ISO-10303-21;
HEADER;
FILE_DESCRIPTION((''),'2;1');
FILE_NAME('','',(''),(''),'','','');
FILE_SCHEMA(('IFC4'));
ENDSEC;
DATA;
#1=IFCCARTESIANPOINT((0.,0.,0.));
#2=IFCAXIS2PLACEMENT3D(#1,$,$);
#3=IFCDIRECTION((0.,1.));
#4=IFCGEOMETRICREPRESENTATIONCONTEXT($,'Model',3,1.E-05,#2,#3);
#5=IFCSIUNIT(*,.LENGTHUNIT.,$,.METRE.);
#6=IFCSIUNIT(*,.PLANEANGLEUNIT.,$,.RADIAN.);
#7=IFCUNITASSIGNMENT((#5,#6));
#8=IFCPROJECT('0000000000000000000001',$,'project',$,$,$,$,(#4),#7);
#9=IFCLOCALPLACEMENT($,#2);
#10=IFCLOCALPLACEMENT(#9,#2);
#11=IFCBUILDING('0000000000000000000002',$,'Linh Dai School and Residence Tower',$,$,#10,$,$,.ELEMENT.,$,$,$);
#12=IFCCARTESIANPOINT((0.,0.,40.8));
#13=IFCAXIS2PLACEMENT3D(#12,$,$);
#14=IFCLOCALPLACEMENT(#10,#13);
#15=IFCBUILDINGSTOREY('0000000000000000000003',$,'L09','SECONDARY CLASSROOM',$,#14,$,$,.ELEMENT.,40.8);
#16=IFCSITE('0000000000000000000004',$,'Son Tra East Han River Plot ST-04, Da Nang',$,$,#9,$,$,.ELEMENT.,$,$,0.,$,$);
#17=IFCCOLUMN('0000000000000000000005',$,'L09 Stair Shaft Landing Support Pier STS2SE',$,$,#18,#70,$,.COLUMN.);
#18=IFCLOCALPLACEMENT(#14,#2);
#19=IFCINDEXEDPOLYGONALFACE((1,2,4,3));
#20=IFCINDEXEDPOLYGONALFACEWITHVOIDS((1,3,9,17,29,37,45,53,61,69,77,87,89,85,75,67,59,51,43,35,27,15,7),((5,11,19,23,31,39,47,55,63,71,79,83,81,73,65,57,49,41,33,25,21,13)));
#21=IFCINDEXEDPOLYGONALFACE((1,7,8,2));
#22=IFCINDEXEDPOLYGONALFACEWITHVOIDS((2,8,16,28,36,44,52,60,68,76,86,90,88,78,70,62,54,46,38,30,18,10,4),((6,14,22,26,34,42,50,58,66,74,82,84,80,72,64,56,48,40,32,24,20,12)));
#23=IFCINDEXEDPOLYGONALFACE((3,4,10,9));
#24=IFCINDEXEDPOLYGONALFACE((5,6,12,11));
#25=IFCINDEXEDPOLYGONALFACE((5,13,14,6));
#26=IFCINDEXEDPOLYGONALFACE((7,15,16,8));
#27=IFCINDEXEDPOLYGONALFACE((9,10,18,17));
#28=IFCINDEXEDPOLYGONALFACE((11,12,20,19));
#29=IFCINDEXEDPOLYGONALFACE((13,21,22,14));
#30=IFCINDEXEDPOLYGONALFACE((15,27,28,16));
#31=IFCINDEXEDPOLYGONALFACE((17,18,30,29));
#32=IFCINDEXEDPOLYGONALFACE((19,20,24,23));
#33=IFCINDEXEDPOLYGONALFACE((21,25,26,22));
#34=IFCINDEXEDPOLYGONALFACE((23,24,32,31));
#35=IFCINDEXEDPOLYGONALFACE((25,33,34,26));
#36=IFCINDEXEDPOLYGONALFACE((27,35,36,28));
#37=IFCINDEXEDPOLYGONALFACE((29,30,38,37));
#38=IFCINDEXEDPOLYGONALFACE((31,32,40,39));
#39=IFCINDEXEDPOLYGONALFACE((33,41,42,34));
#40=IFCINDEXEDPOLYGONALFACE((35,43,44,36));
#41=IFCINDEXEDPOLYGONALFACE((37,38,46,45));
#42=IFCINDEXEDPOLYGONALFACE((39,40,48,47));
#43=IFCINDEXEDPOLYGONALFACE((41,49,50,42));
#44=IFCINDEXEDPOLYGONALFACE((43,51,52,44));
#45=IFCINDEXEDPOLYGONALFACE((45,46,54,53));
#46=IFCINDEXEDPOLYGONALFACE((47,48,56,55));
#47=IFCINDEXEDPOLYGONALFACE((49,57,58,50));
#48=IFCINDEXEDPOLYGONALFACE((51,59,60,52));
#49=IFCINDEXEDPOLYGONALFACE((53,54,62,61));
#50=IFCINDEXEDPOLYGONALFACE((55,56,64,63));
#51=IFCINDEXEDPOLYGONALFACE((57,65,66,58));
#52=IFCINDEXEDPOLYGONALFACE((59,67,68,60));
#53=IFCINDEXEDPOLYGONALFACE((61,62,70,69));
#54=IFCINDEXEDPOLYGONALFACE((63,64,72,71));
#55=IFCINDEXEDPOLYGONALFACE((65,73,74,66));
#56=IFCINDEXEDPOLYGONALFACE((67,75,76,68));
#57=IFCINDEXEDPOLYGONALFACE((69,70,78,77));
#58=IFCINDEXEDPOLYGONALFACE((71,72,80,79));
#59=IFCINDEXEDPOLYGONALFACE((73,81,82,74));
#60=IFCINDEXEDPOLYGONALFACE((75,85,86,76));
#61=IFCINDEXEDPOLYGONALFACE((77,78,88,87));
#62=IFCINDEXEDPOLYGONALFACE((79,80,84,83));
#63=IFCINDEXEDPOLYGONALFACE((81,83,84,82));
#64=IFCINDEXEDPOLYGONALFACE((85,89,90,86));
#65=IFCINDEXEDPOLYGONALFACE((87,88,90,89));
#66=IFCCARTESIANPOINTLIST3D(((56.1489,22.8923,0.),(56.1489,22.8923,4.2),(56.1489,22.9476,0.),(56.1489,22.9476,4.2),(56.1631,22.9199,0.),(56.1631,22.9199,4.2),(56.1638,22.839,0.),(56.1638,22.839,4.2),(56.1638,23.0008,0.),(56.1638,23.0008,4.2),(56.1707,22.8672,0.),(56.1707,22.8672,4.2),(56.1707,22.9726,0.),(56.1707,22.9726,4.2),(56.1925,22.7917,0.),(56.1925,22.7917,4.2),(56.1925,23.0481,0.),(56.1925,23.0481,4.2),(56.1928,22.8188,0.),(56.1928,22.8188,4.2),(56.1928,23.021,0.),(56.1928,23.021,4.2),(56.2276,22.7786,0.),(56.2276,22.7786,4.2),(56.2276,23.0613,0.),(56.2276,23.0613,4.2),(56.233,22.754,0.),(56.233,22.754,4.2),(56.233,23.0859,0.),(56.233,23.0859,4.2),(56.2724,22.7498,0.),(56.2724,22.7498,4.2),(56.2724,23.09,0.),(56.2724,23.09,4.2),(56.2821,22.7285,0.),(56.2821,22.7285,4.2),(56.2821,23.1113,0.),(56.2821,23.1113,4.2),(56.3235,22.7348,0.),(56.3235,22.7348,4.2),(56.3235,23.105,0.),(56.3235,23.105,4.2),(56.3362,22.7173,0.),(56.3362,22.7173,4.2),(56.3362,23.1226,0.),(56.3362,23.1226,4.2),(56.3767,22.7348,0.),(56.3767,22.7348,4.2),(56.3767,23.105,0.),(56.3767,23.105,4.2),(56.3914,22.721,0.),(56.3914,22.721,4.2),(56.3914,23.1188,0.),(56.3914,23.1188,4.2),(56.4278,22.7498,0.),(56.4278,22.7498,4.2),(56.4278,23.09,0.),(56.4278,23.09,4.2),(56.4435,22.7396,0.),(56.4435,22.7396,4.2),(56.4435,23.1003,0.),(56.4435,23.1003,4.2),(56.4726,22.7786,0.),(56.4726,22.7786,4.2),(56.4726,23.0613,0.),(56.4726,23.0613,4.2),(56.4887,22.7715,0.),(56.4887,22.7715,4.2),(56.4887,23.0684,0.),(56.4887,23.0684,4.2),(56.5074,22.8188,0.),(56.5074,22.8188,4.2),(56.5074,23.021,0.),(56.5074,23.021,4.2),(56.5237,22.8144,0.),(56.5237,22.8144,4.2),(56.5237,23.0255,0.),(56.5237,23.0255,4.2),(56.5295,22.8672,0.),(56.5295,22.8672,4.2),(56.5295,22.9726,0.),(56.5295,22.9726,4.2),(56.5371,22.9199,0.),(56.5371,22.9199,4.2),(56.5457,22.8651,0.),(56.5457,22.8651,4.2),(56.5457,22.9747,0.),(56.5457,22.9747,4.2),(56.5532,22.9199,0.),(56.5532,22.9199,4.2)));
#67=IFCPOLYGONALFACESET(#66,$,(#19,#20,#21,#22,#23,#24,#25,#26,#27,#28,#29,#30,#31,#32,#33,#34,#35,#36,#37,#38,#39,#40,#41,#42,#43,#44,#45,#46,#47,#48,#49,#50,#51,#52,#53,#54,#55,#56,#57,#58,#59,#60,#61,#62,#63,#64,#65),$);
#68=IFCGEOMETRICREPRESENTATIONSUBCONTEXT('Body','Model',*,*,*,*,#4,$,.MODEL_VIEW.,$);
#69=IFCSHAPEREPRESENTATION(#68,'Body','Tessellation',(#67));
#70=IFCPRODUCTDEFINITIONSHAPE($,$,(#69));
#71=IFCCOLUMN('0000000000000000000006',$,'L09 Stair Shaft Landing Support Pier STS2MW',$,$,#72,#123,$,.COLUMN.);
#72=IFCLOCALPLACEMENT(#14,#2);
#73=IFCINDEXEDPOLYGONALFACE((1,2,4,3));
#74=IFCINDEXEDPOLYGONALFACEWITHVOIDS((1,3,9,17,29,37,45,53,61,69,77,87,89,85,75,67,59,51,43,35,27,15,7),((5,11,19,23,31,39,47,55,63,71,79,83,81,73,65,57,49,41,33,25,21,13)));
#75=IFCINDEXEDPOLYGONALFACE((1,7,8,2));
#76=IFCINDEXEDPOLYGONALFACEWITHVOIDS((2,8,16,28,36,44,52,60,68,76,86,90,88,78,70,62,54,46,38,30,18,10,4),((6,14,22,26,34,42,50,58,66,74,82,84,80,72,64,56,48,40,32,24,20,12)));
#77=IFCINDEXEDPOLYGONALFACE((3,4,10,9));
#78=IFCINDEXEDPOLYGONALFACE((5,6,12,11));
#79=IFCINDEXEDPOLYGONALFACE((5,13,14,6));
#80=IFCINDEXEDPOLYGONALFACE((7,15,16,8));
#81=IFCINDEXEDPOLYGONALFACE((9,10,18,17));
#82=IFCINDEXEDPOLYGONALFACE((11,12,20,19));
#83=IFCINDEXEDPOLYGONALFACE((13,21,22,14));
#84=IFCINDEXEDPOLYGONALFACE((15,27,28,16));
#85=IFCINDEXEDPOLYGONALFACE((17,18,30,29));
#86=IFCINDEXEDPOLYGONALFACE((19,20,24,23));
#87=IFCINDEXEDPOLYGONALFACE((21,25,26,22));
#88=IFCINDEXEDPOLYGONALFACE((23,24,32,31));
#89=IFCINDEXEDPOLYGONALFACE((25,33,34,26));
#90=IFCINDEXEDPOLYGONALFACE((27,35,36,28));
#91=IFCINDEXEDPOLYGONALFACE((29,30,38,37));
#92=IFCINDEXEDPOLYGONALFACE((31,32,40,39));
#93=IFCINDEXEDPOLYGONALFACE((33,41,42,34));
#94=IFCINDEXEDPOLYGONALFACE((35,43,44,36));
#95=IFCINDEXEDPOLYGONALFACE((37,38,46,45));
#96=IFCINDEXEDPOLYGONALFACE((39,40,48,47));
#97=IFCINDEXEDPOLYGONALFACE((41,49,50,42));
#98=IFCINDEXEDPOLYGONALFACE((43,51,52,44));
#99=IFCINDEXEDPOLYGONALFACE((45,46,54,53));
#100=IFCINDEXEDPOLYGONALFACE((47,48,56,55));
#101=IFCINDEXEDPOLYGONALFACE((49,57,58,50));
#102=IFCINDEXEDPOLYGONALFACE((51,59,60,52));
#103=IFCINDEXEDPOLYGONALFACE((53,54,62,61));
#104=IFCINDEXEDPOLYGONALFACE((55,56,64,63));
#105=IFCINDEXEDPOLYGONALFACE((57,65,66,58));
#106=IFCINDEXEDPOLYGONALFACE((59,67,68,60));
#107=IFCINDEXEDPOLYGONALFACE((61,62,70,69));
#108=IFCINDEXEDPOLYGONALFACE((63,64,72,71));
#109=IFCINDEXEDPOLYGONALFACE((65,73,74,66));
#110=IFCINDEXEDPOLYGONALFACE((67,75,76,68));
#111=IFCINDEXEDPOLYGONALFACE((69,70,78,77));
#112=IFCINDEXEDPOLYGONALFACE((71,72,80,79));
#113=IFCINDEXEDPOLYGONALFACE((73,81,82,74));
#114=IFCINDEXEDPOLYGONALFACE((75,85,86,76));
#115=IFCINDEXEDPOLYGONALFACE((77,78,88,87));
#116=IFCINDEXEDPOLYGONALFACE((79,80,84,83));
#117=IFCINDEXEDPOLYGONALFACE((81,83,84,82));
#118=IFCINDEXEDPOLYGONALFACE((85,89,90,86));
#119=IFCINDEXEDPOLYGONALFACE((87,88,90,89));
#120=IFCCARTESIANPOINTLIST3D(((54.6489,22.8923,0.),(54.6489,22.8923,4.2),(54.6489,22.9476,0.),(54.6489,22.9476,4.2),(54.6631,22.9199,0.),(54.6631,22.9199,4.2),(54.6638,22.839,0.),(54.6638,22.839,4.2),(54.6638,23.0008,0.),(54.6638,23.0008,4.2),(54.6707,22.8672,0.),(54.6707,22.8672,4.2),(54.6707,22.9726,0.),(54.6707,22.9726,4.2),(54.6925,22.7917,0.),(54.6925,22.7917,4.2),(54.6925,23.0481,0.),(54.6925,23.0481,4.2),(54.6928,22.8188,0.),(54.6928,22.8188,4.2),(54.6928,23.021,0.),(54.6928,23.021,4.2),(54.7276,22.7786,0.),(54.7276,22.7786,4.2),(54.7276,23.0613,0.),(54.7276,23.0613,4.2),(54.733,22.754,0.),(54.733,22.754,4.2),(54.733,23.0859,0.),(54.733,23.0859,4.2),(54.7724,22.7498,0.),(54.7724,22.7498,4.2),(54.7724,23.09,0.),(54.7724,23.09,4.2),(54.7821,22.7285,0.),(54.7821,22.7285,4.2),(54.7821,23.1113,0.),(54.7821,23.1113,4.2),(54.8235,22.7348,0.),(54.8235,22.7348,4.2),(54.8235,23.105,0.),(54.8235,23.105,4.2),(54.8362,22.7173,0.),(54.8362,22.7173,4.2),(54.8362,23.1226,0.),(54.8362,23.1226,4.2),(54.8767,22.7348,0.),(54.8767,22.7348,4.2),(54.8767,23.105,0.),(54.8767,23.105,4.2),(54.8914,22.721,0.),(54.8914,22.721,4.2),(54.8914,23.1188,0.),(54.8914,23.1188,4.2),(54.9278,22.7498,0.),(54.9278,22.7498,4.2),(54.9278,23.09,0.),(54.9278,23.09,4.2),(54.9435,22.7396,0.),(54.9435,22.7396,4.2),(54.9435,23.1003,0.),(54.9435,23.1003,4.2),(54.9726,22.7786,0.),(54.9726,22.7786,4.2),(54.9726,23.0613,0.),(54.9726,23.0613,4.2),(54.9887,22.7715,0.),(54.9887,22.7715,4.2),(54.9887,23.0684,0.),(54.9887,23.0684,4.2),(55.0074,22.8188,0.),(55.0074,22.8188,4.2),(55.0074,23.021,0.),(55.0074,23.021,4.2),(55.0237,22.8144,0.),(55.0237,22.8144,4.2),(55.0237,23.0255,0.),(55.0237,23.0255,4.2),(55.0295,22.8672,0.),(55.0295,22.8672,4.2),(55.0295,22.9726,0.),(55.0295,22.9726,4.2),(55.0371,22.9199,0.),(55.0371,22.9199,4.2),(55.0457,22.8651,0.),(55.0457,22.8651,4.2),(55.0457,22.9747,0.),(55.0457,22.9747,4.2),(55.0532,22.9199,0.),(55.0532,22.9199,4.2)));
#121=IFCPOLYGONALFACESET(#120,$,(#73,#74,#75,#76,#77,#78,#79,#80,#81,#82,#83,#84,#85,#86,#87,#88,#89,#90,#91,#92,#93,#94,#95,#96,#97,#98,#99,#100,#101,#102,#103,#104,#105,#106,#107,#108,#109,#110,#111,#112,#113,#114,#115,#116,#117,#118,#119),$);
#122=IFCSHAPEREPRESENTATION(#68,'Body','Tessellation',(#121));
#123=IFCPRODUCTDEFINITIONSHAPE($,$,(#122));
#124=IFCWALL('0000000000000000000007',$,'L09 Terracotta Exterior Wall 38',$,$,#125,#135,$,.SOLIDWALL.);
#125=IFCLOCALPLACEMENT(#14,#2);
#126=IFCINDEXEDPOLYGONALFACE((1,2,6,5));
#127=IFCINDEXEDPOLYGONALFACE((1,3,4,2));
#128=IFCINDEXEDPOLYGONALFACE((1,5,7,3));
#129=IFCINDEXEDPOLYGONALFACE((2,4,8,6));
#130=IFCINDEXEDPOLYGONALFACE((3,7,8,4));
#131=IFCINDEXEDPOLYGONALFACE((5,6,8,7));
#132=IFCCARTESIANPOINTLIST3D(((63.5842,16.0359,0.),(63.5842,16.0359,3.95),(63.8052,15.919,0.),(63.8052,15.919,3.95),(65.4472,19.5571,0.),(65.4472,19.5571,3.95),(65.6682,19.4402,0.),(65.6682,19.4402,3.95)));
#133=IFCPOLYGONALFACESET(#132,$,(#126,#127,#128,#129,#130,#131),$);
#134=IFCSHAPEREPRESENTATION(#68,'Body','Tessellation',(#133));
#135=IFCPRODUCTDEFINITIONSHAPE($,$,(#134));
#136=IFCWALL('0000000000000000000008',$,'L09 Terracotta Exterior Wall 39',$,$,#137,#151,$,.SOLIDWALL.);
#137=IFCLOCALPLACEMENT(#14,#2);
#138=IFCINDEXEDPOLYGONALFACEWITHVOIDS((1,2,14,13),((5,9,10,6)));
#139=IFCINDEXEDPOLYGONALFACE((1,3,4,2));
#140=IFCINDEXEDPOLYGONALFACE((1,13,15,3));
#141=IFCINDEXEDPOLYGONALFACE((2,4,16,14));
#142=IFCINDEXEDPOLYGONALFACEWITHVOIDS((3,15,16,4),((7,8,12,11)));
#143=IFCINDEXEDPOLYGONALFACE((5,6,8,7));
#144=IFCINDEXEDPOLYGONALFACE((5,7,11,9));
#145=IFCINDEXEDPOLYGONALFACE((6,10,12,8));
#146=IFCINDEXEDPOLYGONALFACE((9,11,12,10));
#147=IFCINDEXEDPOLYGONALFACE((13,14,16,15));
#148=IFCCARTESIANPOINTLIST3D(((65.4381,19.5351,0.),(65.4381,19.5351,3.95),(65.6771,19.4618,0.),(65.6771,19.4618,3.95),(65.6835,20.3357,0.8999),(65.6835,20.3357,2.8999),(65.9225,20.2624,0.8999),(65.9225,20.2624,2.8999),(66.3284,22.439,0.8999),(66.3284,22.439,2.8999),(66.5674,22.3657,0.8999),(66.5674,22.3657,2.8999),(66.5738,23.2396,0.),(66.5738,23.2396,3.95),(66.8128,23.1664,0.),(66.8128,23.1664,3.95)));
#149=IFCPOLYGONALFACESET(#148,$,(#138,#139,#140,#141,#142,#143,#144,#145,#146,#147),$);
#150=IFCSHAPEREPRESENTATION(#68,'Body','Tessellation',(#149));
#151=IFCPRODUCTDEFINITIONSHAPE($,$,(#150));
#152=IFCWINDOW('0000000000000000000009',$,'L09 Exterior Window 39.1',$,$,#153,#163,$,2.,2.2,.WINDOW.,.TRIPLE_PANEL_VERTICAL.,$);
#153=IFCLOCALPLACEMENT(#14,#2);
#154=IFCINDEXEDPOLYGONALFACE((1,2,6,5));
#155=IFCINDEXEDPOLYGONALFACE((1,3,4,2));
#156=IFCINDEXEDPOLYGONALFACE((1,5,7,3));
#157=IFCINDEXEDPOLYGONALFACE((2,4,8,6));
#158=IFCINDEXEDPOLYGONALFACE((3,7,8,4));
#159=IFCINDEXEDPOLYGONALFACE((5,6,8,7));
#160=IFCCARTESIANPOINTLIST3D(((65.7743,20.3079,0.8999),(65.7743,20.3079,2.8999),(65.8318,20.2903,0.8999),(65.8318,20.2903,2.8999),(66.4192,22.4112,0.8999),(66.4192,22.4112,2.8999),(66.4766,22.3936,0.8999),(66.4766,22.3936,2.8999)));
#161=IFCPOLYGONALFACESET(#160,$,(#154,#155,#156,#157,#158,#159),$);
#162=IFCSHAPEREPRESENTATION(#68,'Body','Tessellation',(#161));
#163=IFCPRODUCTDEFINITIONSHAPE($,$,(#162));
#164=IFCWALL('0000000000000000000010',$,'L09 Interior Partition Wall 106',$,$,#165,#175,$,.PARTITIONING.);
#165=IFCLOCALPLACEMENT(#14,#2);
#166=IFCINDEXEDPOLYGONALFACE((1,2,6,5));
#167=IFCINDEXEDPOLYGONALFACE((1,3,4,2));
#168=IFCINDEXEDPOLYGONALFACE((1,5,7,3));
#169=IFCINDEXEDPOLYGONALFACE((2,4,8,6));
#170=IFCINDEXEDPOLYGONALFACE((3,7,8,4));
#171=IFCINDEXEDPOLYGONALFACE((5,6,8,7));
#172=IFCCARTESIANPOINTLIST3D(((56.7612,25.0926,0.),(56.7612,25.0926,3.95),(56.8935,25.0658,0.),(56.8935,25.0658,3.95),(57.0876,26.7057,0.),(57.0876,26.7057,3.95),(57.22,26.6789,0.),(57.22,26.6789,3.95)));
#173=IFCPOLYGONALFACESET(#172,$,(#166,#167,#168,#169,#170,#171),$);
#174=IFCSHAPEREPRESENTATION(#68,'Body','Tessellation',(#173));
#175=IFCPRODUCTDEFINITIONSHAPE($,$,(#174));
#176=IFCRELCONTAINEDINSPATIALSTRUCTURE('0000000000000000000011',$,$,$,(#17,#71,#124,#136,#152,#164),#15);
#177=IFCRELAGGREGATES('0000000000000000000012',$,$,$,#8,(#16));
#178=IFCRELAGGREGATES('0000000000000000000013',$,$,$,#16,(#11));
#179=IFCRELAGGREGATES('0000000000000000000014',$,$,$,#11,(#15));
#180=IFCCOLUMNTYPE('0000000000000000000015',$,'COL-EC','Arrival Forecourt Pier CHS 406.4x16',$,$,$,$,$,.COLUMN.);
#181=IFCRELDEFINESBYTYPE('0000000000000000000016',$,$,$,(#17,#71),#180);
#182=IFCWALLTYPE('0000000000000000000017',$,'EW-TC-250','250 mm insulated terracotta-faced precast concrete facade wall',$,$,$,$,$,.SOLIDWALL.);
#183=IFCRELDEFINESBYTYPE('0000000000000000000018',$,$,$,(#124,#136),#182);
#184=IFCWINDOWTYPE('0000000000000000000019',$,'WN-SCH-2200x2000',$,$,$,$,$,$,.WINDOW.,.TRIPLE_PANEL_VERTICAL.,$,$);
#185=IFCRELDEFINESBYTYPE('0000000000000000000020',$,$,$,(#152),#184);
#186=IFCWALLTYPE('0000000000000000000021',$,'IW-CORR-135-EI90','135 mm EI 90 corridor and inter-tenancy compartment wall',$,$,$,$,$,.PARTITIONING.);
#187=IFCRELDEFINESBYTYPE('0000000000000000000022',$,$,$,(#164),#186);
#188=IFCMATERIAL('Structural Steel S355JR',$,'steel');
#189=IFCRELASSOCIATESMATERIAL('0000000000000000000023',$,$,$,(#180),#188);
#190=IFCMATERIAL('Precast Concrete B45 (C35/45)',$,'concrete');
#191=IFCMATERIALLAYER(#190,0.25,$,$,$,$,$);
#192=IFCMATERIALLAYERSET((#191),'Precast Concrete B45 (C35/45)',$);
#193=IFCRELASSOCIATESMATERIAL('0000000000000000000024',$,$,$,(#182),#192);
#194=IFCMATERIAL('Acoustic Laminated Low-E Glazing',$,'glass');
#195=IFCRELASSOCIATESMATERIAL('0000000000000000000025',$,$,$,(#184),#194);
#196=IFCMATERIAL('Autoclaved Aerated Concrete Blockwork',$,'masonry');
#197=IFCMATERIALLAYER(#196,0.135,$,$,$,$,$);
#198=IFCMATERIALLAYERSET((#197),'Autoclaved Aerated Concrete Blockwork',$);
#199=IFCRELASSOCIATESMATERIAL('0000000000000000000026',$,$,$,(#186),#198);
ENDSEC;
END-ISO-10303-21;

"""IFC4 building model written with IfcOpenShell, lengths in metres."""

from ifc_helpers import new_model, si_unit, direction, frame, frame_2d, origin, origin_2d, place, context, subcontext, project, spatial, rectangle, hollow_circle, extrude, source, transform, mapped, material, layer, layer_set, material_profile, profile_set, type_object, element, fill, save


model = new_model("IFC4")

# Units and contexts
model_context = context("Model", 3, precision=1e-05, world=origin(), true_north=direction((0.0, 1.0)))
body_context = subcontext(model_context, "Body", "Model", "MODEL_VIEW")
ifc_project = project(units=[si_unit("LENGTHUNIT", "METRE"), si_unit("PLANEANGLEUNIT", "RADIAN")], contexts=[model_context])

# Site, building, storey
site_placement = place(None, origin())
site = spatial("IfcSite", under=ifc_project, at=site_placement, Name="Son Tra East Han River Plot ST-04, Da Nang", CompositionType="ELEMENT", RefElevation=0.0)
building_placement = place(site_placement, origin())
building = spatial("IfcBuilding", under=site, at=building_placement, Name="Linh Dai School and Residence Tower", CompositionType="ELEMENT")
storey_placement = place(building_placement, frame((0.0, 0.0, 40.8)))
storey = spatial("IfcBuildingStorey", under=building, at=storey_placement, Name="L09", Description="SECONDARY CLASSROOM", CompositionType="ELEMENT", Elevation=40.8)

# Columns
ifc_material_1 = material(Name="Structural Steel S355JR", Category="steel")
ifc_material_profile = material_profile(ifc_material_1, hollow_circle(Radius=0.2031, WallThickness=0.0161, at=origin_2d()), Name="CHS 406.4x16")
ifc_profile_set = profile_set([ifc_material_profile], Name="Structural Steel S355JR")
column_type = type_object("IfcColumnType", Name="COL-EC", Description="Arrival Forecourt Pier CHS 406.4x16", PredefinedType="COLUMN", material=ifc_profile_set)
for number, where, z_axis, x_axis, name in (
    (1, (56.3501, 22.9199, 0.0), (0.0, 0.0, 1.0), (1.0, 0.0, 0.0), "L09 Stair Shaft Landing Support Pier STS2SE"),
    (2, (54.8501, 22.9199, 0.0), (0.0, 0.0, 1.0), (1.0, 0.0, 0.0), "L09 Stair Shaft Landing Support Pier STS2MW"),
):
    element("IfcColumn", number, at=place(storey_placement, frame(where, z_axis=z_axis, x_axis=x_axis)), inside=storey, type_object=column_type, Name=name, PredefinedType="COLUMN", context=body_context, shape_type="SweptSolid", body=[
        extrude(hollow_circle(Radius=0.2031, WallThickness=0.0161, at=origin_2d()), origin(), (0.0, 0.0, 1.0), 4.2),
    ])

# Wall
ifc_material_2 = material(Name="Precast Concrete B45 (C35/45)", Category="concrete")
ifc_layer_1 = layer(ifc_material_2, 0.25)
ifc_layer_set_1 = layer_set([ifc_layer_1], Name="Precast Concrete B45 (C35/45)")
wall_type_1 = type_object("IfcWallType", Name="EW-TC-250", Description="250 mm insulated terracotta-faced precast concrete facade wall", PredefinedType="SOLIDWALL", material=ifc_layer_set_1)
wall_1_placement = place(storey_placement, frame((65.5576, 19.4985, 0.0), z_axis=(0.0, 0.0, 1.0), x_axis=(-0.467662, -0.883907, 0.0)))
element("IfcWall", 3, at=wall_1_placement, inside=storey, type_object=wall_type_1, Name="L09 Terracotta Exterior Wall 38", PredefinedType="SOLIDWALL", context=body_context, shape_type="SweptSolid", body=[
    extrude(rectangle(XDim=3.9836, YDim=0.25, at=frame_2d((1.9917, 0.0))), origin(), (0.0, 0.0, 1.0), 3.95),
])

# Wall, opening, window
wall_2_placement = place(storey_placement, frame((66.6934, 23.2031, 0.0), z_axis=(0.0, 0.0, 1.0), x_axis=(-0.293112, -0.956078, 0.0)))
wall_2 = element("IfcWall", 4, at=wall_2_placement, inside=storey, type_object=wall_type_1, Name="L09 Terracotta Exterior Wall 39", PredefinedType="SOLIDWALL", context=body_context, shape_type="SweptSolid", body=[
    extrude(rectangle(XDim=3.8748, YDim=0.25, at=frame_2d((1.9375, 0.0))), origin(), (0.0, 0.0, 1.0), 3.95),
])
opening_1_placement = place(wall_2_placement, frame((0.8374, 0.0, 0.8999)))
opening_1 = element("IfcOpeningElement", 5, at=opening_1_placement, cuts=wall_2, PredefinedType="OPENING", context=body_context, shape_type="SweptSolid", body=[
    extrude(rectangle(XDim=2.2, YDim=2.0, at=origin_2d()), frame((1.1001, 0.135, 1.0), z_axis=(0.0, -1.0, 0.0), x_axis=(1.0, 0.0, 0.0)), (0.0, 0.0, 1.0), 0.27),
])
ifc_material_3 = material(Name="Acoustic Laminated Low-E Glazing", Category="glass")
window_type = type_object("IfcWindowType", Name="WN-SCH-2200x2000", PartitioningType="TRIPLE_PANEL_VERTICAL", PredefinedType="WINDOW", material=ifc_material_3)
shared_shape_1 = source(origin(), body_context, "Body", "SweptSolid", [
    extrude(rectangle(XDim=2.2, YDim=2.0, at=origin_2d()), frame((1.1001, 0.03, 1.0), z_axis=(0.0, -1.0, 0.0), x_axis=(1.0, 0.0, 0.0)), (0.0, 0.0, 1.0), 0.0601),
])
window_placement = place(opening_1_placement, origin())
window = element("IfcWindow", 6, at=window_placement, inside=storey, type_object=window_type, Name="L09 Exterior Window 39.1", OverallHeight=2.0, OverallWidth=2.2, PartitioningType="TRIPLE_PANEL_VERTICAL", PredefinedType="WINDOW", context=body_context, shape_type="MappedRepresentation", body=[
    mapped(shared_shape_1, transform((0.0, 0.0, 0.0), x_axis=(1.0, 0.0, 0.0), y_axis=(0.0, 1.0, 0.0), z_axis=(0.0, 0.0, 1.0), scale=1.0)),
])
fill(opening_1, window)

# Wall
ifc_material_4 = material(Name="Autoclaved Aerated Concrete Blockwork", Category="masonry")
ifc_layer_2 = layer(ifc_material_4, 0.135)
ifc_layer_set_2 = layer_set([ifc_layer_2], Name="Autoclaved Aerated Concrete Blockwork")
wall_type_2 = type_object("IfcWallType", Name="IW-CORR-135-EI90", Description="135 mm EI 90 corridor and inter-tenancy compartment wall", PredefinedType="PARTITIONING", material=ifc_layer_set_2)
wall_3_placement = place(storey_placement, frame((56.8274, 25.0793, 0.0), z_axis=(0.0, 0.0, 1.0), x_axis=(0.198341, 0.980133, 0.0)))
element("IfcWall", 7, at=wall_3_placement, inside=storey, type_object=wall_type_2, Name="L09 Interior Partition Wall 106", PredefinedType="PARTITIONING", context=body_context, shape_type="SweptSolid", body=[
    extrude(rectangle(XDim=1.6458, YDim=0.135, at=frame_2d((0.8228, 0.0))), origin(), (0.0, 0.0, 1.0), 3.95),
])

save(model, "model.ifc")
